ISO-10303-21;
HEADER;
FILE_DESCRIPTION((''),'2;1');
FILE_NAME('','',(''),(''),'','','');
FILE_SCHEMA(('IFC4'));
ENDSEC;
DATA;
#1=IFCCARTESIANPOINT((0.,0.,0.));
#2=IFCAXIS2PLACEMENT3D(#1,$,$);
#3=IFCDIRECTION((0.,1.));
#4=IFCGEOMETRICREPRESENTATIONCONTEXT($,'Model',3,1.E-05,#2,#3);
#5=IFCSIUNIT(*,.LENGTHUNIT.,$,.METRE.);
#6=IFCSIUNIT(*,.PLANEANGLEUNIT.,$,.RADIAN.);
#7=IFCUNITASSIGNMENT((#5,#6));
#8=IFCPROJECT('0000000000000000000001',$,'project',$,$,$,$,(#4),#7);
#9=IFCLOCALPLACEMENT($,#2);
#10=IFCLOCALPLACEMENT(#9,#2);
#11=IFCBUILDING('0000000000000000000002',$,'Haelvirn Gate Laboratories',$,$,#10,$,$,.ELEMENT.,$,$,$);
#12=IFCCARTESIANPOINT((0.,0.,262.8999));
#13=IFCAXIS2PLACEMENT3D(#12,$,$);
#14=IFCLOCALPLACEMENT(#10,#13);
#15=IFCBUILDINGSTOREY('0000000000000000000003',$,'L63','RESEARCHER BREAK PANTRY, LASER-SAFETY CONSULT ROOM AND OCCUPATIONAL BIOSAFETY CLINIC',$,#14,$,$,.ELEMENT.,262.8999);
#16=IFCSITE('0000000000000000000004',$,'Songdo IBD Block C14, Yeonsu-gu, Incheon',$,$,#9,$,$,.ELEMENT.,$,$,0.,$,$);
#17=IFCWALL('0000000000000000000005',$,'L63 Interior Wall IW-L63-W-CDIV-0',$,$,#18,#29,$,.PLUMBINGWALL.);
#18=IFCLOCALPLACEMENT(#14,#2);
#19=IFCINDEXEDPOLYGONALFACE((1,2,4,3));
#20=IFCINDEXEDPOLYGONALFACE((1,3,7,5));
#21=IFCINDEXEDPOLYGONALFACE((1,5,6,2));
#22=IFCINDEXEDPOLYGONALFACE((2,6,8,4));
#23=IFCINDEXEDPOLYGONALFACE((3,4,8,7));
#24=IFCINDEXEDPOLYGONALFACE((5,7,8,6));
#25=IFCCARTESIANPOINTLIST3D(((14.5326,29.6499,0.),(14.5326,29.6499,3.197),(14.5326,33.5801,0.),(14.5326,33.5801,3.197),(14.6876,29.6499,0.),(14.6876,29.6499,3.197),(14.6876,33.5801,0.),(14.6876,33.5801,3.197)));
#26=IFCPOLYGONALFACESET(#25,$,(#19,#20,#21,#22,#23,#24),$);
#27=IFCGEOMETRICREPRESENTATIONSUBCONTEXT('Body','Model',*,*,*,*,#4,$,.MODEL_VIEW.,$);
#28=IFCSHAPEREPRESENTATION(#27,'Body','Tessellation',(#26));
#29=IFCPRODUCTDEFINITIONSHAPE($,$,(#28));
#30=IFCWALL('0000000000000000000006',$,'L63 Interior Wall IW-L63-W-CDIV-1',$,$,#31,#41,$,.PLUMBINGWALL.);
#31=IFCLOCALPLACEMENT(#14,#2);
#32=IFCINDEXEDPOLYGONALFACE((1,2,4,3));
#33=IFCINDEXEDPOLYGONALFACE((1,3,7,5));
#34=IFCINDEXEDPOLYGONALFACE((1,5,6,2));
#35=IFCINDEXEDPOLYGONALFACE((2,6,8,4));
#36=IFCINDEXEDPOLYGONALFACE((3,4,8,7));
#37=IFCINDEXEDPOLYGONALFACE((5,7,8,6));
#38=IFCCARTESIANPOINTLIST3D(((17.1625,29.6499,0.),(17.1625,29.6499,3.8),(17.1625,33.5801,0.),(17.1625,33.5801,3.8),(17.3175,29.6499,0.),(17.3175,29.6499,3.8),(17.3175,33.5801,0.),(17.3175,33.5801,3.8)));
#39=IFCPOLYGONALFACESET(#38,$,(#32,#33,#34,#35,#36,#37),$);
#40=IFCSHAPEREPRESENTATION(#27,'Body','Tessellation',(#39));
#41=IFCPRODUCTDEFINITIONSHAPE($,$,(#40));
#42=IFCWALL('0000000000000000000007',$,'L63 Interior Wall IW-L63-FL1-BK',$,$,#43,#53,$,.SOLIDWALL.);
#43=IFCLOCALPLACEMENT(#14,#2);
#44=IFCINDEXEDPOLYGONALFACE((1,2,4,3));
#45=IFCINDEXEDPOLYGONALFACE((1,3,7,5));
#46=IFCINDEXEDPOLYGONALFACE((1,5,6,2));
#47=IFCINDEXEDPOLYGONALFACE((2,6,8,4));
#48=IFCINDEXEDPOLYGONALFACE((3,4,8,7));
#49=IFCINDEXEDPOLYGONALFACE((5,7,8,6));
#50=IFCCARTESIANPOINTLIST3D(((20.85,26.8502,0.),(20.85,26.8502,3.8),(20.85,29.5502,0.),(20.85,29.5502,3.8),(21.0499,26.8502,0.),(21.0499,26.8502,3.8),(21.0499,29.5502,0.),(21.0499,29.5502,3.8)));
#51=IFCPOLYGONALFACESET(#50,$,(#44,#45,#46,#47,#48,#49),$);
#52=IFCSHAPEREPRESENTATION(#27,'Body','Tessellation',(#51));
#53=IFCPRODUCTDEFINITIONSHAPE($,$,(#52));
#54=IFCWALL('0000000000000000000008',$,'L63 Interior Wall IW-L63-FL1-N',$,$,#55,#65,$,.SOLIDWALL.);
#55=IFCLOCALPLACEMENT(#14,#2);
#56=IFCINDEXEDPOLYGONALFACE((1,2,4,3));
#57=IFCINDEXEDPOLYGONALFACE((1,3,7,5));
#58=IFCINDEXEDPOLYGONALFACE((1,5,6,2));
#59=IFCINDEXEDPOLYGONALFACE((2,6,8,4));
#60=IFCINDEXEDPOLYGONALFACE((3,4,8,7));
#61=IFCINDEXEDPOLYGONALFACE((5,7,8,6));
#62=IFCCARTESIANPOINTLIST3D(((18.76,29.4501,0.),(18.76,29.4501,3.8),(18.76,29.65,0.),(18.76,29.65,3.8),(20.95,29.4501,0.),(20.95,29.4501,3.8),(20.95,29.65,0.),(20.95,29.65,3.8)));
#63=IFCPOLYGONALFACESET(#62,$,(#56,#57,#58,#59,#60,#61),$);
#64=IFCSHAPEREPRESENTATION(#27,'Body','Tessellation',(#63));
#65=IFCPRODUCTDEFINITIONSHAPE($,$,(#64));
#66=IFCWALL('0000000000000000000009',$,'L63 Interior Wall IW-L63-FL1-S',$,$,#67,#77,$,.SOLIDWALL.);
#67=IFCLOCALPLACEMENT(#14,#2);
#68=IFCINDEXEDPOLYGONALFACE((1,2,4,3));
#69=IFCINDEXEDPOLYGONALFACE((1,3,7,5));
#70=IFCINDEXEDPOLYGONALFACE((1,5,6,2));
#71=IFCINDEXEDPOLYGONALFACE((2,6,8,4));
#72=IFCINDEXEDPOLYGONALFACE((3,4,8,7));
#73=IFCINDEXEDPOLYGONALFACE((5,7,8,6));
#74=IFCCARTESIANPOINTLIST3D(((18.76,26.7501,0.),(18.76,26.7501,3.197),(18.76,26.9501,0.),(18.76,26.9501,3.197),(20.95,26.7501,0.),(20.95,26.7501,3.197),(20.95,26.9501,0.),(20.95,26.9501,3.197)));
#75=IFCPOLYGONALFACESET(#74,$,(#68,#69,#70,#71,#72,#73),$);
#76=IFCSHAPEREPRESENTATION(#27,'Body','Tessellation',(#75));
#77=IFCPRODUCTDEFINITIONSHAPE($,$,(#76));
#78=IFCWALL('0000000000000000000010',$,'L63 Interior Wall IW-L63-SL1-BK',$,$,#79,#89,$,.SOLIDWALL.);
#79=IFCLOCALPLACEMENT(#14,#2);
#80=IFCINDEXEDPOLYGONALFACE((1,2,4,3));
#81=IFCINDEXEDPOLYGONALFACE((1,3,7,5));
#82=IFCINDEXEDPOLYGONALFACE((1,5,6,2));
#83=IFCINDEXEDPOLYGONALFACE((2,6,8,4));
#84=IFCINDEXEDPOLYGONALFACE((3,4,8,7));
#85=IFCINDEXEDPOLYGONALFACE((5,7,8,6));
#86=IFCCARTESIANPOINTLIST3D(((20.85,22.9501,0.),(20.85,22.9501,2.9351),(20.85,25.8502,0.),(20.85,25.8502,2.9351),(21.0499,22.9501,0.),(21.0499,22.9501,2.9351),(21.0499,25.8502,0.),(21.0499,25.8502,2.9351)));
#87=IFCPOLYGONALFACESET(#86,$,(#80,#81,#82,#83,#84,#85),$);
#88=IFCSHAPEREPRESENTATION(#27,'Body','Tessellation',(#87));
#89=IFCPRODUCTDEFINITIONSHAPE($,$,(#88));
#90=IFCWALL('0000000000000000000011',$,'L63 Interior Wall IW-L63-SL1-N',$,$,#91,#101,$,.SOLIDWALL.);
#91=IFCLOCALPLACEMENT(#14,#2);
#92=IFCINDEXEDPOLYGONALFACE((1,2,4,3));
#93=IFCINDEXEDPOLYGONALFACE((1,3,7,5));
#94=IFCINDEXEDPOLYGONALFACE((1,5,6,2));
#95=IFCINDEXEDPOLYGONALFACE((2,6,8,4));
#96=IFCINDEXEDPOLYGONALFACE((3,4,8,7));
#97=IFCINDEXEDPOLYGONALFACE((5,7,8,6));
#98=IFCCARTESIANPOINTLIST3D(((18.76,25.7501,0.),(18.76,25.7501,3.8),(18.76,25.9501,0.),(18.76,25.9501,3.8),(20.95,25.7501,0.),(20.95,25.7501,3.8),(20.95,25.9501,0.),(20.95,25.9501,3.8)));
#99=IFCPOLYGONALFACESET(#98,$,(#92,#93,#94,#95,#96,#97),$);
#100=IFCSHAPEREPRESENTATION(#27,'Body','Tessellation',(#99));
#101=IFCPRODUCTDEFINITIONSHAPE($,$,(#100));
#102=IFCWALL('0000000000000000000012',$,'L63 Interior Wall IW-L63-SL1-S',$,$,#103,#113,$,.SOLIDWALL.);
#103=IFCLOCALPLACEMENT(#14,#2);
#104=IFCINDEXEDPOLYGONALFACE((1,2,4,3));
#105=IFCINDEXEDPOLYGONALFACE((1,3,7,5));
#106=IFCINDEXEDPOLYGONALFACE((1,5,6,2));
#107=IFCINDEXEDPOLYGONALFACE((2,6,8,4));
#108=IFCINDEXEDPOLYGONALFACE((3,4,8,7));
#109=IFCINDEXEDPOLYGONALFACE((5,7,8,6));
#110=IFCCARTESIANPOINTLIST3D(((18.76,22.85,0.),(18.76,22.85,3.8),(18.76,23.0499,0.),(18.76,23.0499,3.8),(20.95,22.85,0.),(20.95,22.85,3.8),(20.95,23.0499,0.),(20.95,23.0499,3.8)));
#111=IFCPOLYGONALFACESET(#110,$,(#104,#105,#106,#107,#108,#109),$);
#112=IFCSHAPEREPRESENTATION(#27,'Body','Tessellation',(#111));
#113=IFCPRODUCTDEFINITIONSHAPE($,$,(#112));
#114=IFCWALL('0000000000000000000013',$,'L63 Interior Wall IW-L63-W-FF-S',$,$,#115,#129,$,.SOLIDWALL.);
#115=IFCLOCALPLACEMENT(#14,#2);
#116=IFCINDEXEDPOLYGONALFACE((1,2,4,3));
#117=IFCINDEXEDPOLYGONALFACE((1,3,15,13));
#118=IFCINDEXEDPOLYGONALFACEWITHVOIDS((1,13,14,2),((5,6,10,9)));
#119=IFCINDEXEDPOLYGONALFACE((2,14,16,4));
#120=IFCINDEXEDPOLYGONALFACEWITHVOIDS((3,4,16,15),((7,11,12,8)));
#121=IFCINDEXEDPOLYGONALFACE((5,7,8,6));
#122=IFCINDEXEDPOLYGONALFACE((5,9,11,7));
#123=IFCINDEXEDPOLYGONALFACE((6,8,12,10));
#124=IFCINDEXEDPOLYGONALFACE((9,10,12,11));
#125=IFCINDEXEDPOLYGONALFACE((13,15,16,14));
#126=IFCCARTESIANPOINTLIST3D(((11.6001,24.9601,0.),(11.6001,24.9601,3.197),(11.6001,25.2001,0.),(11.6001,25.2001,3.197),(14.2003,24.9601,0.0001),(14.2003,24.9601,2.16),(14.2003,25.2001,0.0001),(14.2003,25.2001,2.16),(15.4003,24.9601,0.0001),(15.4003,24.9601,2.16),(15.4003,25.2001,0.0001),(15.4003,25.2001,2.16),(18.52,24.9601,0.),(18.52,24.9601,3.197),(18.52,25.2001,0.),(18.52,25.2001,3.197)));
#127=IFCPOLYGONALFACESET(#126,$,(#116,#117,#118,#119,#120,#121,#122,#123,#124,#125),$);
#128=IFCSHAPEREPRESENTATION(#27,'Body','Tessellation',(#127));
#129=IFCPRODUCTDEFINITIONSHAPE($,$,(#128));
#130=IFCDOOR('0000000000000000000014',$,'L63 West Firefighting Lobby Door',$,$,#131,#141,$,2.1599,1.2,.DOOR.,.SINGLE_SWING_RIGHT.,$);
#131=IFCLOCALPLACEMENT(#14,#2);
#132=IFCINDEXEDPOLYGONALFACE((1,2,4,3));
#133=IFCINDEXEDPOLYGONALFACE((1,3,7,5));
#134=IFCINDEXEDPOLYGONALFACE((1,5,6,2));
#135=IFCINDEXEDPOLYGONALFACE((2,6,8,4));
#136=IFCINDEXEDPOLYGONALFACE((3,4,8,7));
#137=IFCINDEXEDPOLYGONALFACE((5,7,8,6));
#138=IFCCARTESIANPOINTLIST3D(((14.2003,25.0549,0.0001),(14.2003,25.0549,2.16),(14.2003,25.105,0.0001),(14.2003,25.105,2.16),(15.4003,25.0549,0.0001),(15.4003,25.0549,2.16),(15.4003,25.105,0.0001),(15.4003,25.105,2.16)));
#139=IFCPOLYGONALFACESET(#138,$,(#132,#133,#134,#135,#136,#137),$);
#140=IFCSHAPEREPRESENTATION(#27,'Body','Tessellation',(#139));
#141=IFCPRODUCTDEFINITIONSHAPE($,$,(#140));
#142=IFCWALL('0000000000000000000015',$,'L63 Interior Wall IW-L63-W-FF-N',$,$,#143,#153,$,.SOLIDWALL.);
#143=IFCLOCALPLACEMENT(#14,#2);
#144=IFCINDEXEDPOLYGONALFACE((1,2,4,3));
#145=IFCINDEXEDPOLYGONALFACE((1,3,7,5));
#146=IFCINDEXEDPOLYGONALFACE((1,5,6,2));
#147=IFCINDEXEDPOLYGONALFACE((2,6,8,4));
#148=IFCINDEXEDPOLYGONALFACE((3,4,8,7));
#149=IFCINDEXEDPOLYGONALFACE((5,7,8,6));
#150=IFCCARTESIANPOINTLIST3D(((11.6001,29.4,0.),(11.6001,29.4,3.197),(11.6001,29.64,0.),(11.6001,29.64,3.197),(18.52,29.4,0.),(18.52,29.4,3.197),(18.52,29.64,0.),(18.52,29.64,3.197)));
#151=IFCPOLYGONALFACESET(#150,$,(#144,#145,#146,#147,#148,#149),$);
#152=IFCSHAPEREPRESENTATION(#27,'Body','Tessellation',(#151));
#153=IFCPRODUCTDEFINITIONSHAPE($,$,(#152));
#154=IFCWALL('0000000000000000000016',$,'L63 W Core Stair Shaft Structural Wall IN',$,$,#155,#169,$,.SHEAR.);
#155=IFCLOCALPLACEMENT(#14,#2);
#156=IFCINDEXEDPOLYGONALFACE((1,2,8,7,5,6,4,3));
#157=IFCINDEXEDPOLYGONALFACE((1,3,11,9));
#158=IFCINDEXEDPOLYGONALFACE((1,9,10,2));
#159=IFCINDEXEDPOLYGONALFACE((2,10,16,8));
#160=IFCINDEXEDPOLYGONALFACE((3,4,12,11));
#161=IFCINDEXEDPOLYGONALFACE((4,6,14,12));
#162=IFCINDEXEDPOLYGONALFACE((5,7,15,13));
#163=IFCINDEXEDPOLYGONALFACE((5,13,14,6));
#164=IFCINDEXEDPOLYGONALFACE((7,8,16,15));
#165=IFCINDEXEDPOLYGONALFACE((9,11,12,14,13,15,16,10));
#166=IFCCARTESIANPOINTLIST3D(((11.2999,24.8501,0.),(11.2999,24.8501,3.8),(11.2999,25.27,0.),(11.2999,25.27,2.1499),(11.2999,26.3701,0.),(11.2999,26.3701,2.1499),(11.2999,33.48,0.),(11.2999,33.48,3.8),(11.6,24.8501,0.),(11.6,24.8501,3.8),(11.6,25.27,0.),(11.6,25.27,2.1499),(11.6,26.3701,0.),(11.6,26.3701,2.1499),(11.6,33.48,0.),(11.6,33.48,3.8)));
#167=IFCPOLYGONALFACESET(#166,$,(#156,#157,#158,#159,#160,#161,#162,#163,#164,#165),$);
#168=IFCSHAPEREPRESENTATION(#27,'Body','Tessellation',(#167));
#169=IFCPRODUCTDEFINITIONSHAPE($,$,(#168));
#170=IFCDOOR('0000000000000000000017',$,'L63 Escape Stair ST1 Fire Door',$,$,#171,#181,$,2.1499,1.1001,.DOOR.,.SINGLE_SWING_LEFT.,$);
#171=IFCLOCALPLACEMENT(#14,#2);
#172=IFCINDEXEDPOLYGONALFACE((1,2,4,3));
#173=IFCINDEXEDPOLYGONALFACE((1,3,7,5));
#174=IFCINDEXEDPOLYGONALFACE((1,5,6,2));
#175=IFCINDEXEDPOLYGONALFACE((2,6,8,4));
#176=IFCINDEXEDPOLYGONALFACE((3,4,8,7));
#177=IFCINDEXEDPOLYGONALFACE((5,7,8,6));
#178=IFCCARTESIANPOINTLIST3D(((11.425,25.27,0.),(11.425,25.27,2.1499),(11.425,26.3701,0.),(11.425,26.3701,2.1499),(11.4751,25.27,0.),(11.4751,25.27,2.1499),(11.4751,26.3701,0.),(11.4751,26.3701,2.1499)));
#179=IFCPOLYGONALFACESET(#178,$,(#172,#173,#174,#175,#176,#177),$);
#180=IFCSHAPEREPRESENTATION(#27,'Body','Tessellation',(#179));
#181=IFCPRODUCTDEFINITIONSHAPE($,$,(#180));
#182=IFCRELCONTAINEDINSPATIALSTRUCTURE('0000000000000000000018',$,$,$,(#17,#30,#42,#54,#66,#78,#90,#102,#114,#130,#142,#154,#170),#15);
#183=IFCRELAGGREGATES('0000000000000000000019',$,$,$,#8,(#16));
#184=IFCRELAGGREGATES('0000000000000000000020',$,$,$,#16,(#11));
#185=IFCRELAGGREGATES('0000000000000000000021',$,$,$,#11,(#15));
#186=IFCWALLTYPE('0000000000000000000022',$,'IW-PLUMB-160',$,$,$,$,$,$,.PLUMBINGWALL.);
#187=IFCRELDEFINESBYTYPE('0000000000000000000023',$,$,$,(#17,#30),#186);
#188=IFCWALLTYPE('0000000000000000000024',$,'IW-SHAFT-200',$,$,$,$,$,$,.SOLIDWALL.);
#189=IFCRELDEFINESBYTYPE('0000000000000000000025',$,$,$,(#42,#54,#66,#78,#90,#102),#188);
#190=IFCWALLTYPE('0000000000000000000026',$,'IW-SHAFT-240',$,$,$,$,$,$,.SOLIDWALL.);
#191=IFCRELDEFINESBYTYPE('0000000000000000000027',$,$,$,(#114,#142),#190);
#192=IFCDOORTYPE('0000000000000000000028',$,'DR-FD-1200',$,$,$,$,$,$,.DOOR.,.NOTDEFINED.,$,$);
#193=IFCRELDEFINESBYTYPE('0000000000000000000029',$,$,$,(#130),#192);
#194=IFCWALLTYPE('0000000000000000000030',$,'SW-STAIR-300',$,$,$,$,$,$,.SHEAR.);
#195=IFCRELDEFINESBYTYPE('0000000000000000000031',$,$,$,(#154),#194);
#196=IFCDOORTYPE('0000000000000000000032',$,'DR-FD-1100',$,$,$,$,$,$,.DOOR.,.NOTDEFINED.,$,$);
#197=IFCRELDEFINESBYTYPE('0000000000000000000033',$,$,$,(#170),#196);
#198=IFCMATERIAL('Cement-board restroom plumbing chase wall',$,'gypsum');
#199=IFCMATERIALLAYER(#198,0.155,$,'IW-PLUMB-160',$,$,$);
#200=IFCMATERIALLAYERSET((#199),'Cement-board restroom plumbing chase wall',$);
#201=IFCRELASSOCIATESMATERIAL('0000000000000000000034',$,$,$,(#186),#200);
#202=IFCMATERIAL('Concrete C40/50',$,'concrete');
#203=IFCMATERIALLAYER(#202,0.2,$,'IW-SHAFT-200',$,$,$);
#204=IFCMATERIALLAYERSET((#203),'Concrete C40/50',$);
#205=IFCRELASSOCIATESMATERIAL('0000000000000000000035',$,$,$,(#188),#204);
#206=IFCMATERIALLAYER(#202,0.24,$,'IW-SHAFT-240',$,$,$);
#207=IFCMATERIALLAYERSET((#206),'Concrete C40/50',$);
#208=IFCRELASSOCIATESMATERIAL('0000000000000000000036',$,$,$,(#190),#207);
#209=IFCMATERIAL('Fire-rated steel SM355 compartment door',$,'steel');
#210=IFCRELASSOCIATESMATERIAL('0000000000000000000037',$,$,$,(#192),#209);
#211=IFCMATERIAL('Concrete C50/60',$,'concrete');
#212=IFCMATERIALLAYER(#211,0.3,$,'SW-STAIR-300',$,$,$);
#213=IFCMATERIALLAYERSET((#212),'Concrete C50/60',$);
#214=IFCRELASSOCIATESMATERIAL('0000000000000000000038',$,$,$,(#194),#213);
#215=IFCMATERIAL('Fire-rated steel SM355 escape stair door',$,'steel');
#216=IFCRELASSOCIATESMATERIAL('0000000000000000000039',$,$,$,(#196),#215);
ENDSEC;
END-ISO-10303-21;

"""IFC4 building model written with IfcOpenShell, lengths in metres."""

from ifc_helpers import new_model, si_unit, direction, frame, frame_2d, origin, place, context, subcontext, project, spatial, rectangle, extrude, source, transform, mapped, material, layer, layer_set, type_object, type_shapes, element, fill, save


model = new_model("IFC4")

# Units and contexts
model_context = context("Model", 3, precision=1e-05, world=origin(), true_north=direction((0.0, 1.0)))
body_context = subcontext(model_context, "Body", "Model", "MODEL_VIEW")
ifc_project = project(units=[si_unit("LENGTHUNIT", "METRE"), si_unit("PLANEANGLEUNIT", "RADIAN")], contexts=[model_context])

# Site, building, storey
site_placement = place(None, origin())
site = spatial("IfcSite", under=ifc_project, at=site_placement, Name="Songdo IBD Block C14, Yeonsu-gu, Incheon", CompositionType="ELEMENT", RefElevation=0.0)
building_placement = place(site_placement, origin())
building = spatial("IfcBuilding", under=site, at=building_placement, Name="Haelvirn Gate Laboratories", CompositionType="ELEMENT")
storey_placement = place(building_placement, frame((0.0, 0.0, 262.8999)))
storey = spatial("IfcBuildingStorey", under=building, at=storey_placement, Name="L63", Description="RESEARCHER BREAK PANTRY, LASER-SAFETY CONSULT ROOM AND OCCUPATIONAL BIOSAFETY CLINIC", CompositionType="ELEMENT", Elevation=262.8999)

# Walls
ifc_material_1 = material(Name="Cement-board restroom plumbing chase wall", Category="gypsum")
ifc_layer_1 = layer(ifc_material_1, 0.155, Name="IW-PLUMB-160")
ifc_layer_set_1 = layer_set([ifc_layer_1], Name="Cement-board restroom plumbing chase wall")
wall_type_1 = type_object("IfcWallType", Name="IW-PLUMB-160", PredefinedType="PLUMBINGWALL", material=ifc_layer_set_1)
wall_1_placement = place(storey_placement, frame((14.6101, 29.6499, 0.0), z_axis=(0.0, 0.0, 1.0), x_axis=(0.0, 1.0, 0.0)))
element("IfcWall", 1, at=wall_1_placement, inside=storey, type_object=wall_type_1, Name="L63 Interior Wall IW-L63-W-CDIV-0", PredefinedType="PLUMBINGWALL", context=body_context, shape_type="SweptSolid", body=[
    extrude(rectangle(XDim=3.9302, YDim=0.155, at=frame_2d((1.9651, 0.0))), origin(), (0.0, 0.0, 1.0), 3.197),
])
wall_2_placement = place(storey_placement, frame((17.24, 29.6499, 0.0), z_axis=(0.0, 0.0, 1.0), x_axis=(0.0, 1.0, 0.0)))
element("IfcWall", 2, at=wall_2_placement, inside=storey, type_object=wall_type_1, Name="L63 Interior Wall IW-L63-W-CDIV-1", PredefinedType="PLUMBINGWALL", context=body_context, shape_type="SweptSolid", body=[
    extrude(rectangle(XDim=3.9302, YDim=0.155, at=frame_2d((1.9651, 0.0))), origin(), (0.0, 0.0, 1.0), 3.8),
])
ifc_material_2 = material(Name="Concrete C40/50", Category="concrete")
ifc_layer_2 = layer(ifc_material_2, 0.2, Name="IW-SHAFT-200")
ifc_layer_set_2 = layer_set([ifc_layer_2], Name="Concrete C40/50")
wall_type_2 = type_object("IfcWallType", Name="IW-SHAFT-200", PredefinedType="SOLIDWALL", material=ifc_layer_set_2)
wall_3_placement = place(storey_placement, frame((20.95, 26.8501, 0.0), z_axis=(0.0, 0.0, 1.0), x_axis=(0.0, 1.0, 0.0)))
element("IfcWall", 3, at=wall_3_placement, inside=storey, type_object=wall_type_2, Name="L63 Interior Wall IW-L63-FL1-BK", PredefinedType="SOLIDWALL", context=body_context, shape_type="SweptSolid", body=[
    extrude(rectangle(XDim=2.7, YDim=0.2, at=frame_2d((1.3501, 0.0))), origin(), (0.0, 0.0, 1.0), 3.8),
])
wall_4_placement = place(storey_placement, frame((18.76, 29.55, 0.0), z_axis=(0.0, 0.0, 1.0), x_axis=(1.0, 0.0, 0.0)))
element("IfcWall", 4, at=wall_4_placement, inside=storey, type_object=wall_type_2, Name="L63 Interior Wall IW-L63-FL1-N", PredefinedType="SOLIDWALL", context=body_context, shape_type="SweptSolid", body=[
    extrude(rectangle(XDim=2.1899, YDim=0.2, at=frame_2d((1.095, 0.0))), origin(), (0.0, 0.0, 1.0), 3.8),
])
wall_5_placement = place(storey_placement, frame((18.76, 26.8501, 0.0), z_axis=(0.0, 0.0, 1.0), x_axis=(1.0, 0.0, 0.0)))
element("IfcWall", 5, at=wall_5_placement, inside=storey, type_object=wall_type_2, Name="L63 Interior Wall IW-L63-FL1-S", PredefinedType="SOLIDWALL", context=body_context, shape_type="SweptSolid", body=[
    extrude(rectangle(XDim=2.1899, YDim=0.2, at=frame_2d((1.095, 0.0))), origin(), (0.0, 0.0, 1.0), 3.197),
])
wall_6_placement = place(storey_placement, frame((20.95, 22.95, 0.0), z_axis=(0.0, 0.0, 1.0), x_axis=(0.0, 1.0, 0.0)))
element("IfcWall", 6, at=wall_6_placement, inside=storey, type_object=wall_type_2, Name="L63 Interior Wall IW-L63-SL1-BK", PredefinedType="SOLIDWALL", context=body_context, shape_type="SweptSolid", body=[
    extrude(rectangle(XDim=2.9001, YDim=0.2, at=frame_2d((1.4502, 0.0))), origin(), (0.0, 0.0, 1.0), 2.9351),
])
for number, where, z_axis, x_axis, name in (
    (7, (18.76, 25.8501, 0.0), (0.0, 0.0, 1.0), (1.0, 0.0, 0.0), "L63 Interior Wall IW-L63-SL1-N"),
    (8, (18.76, 22.95, 0.0), (0.0, 0.0, 1.0), (1.0, 0.0, 0.0), "L63 Interior Wall IW-L63-SL1-S"),
):
    element("IfcWall", number, at=place(storey_placement, frame(where, z_axis=z_axis, x_axis=x_axis)), inside=storey, type_object=wall_type_2, Name=name, PredefinedType="SOLIDWALL", context=body_context, shape_type="SweptSolid", body=[
        extrude(rectangle(XDim=2.1899, YDim=0.2, at=frame_2d((1.095, 0.0))), origin(), (0.0, 0.0, 1.0), 3.8),
    ])

# Wall, opening, door
ifc_layer_3 = layer(ifc_material_2, 0.24, Name="IW-SHAFT-240")
ifc_layer_set_3 = layer_set([ifc_layer_3], Name="Concrete C40/50")
wall_type_3 = type_object("IfcWallType", Name="IW-SHAFT-240", PredefinedType="SOLIDWALL", material=ifc_layer_set_3)
wall_7_placement = place(storey_placement, frame((11.6001, 25.0801, 0.0), z_axis=(0.0, 0.0, 1.0), x_axis=(1.0, 0.0, 0.0)))
wall_7 = element("IfcWall", 9, at=wall_7_placement, inside=storey, type_object=wall_type_3, Name="L63 Interior Wall IW-L63-W-FF-S", PredefinedType="SOLIDWALL", context=body_context, shape_type="SweptSolid", body=[
    extrude(rectangle(XDim=6.9199, YDim=0.24, at=frame_2d((3.46, 0.0))), origin(), (0.0, 0.0, 1.0), 3.197),
])
opening_1_placement = place(wall_7_placement, frame((2.6001, 0.0, 0.0)))
opening_1 = element("IfcOpeningElement", 10, at=opening_1_placement, cuts=wall_7, PredefinedType="OPENING", context=body_context, shape_type="SweptSolid", body=[
    extrude(rectangle(XDim=1.2, YDim=2.1599, at=frame_2d((0.6001, 1.0801))), frame((0.0, 0.1299, 0.0), z_axis=(0.0, -1.0, 0.0), x_axis=(1.0, 0.0, 0.0)), (0.0, 0.0, 1.0), 0.26),
])
ifc_material_3 = material(Name="Fire-rated steel SM355 compartment door", Category="steel")
door_type_1 = type_object("IfcDoorType", Name="DR-FD-1200", OperationType="NOTDEFINED", PredefinedType="DOOR", material=ifc_material_3)
shared_shape_1 = source(origin(), body_context, "Body", "SweptSolid", [
    extrude(rectangle(XDim=1.2, YDim=2.1599, at=frame_2d((0.6001, 1.0801))), frame((0.0, 0.0249, 0.0), z_axis=(0.0, -1.0, 0.0), x_axis=(1.0, 0.0, 0.0)), (0.0, 0.0, 1.0), 0.05),
])
type_shapes(door_type_1, [shared_shape_1])
door_1_placement = place(opening_1_placement, origin())
door_1 = element("IfcDoor", 11, at=door_1_placement, inside=storey, type_object=door_type_1, Name="L63 West Firefighting Lobby Door", OperationType="SINGLE_SWING_RIGHT", OverallHeight=2.1599, OverallWidth=1.2, PredefinedType="DOOR", context=body_context, shape_type="MappedRepresentation", body=[
    mapped(shared_shape_1, transform((0.0, 0.0, 0.0), scale=1.0)),
])
fill(opening_1, door_1)

# Wall
wall_8_placement = place(storey_placement, frame((11.6001, 29.52, 0.0), z_axis=(0.0, 0.0, 1.0), x_axis=(1.0, 0.0, 0.0)))
element("IfcWall", 12, at=wall_8_placement, inside=storey, type_object=wall_type_3, Name="L63 Interior Wall IW-L63-W-FF-N", PredefinedType="SOLIDWALL", context=body_context, shape_type="SweptSolid", body=[
    extrude(rectangle(XDim=6.9199, YDim=0.24, at=frame_2d((3.46, 0.0))), origin(), (0.0, 0.0, 1.0), 3.197),
])

# Wall, opening, door
ifc_material_4 = material(Name="Concrete C50/60", Category="concrete")
ifc_layer_4 = layer(ifc_material_4, 0.3, Name="SW-STAIR-300")
ifc_layer_set_4 = layer_set([ifc_layer_4], Name="Concrete C50/60")
wall_type_4 = type_object("IfcWallType", Name="SW-STAIR-300", PredefinedType="SHEAR", material=ifc_layer_set_4)
wall_9_placement = place(storey_placement, frame((11.45, 24.8501, 0.0), z_axis=(0.0, 0.0, 1.0), x_axis=(0.0, 1.0, 0.0)))
wall_9 = element("IfcWall", 13, at=wall_9_placement, inside=storey, type_object=wall_type_4, Name="L63 W Core Stair Shaft Structural Wall IN", PredefinedType="SHEAR", context=body_context, shape_type="SweptSolid", body=[
    extrude(rectangle(XDim=8.6299, YDim=0.3, at=frame_2d((4.3149, 0.0))), origin(), (0.0, 0.0, 1.0), 3.8),
])
opening_2_placement = place(wall_9_placement, frame((0.4199, 0.0, 0.0)))
opening_2 = element("IfcOpeningElement", 14, at=opening_2_placement, cuts=wall_9, PredefinedType="OPENING", context=body_context, shape_type="SweptSolid", body=[
    extrude(rectangle(XDim=1.1001, YDim=2.1499, at=frame_2d((0.55, 1.075))), frame((0.0, 0.1602, 0.0), z_axis=(0.0, -1.0, 0.0), x_axis=(1.0, 0.0, 0.0)), (0.0, 0.0, 1.0), 0.3201),
])
ifc_material_5 = material(Name="Fire-rated steel SM355 escape stair door", Category="steel")
door_type_2 = type_object("IfcDoorType", Name="DR-FD-1100", OperationType="NOTDEFINED", PredefinedType="DOOR", material=ifc_material_5)
shared_shape_2 = source(origin(), body_context, "Body", "SweptSolid", [
    extrude(rectangle(XDim=1.1001, YDim=2.1499, at=frame_2d((0.55, 1.075))), frame((0.0, 0.0249, 0.0), z_axis=(0.0, -1.0, 0.0), x_axis=(1.0, 0.0, 0.0)), (0.0, 0.0, 1.0), 0.05),
])
type_shapes(door_type_2, [shared_shape_2])
door_2_placement = place(opening_2_placement, origin())
door_2 = element("IfcDoor", 15, at=door_2_placement, inside=storey, type_object=door_type_2, Name="L63 Escape Stair ST1 Fire Door", OperationType="SINGLE_SWING_LEFT", OverallHeight=2.1499, OverallWidth=1.1001, PredefinedType="DOOR", context=body_context, shape_type="MappedRepresentation", body=[
    mapped(shared_shape_2, transform((0.0, 0.0, 0.0), scale=1.0)),
])
fill(opening_2, door_2)

save(model, "model.ifc")
